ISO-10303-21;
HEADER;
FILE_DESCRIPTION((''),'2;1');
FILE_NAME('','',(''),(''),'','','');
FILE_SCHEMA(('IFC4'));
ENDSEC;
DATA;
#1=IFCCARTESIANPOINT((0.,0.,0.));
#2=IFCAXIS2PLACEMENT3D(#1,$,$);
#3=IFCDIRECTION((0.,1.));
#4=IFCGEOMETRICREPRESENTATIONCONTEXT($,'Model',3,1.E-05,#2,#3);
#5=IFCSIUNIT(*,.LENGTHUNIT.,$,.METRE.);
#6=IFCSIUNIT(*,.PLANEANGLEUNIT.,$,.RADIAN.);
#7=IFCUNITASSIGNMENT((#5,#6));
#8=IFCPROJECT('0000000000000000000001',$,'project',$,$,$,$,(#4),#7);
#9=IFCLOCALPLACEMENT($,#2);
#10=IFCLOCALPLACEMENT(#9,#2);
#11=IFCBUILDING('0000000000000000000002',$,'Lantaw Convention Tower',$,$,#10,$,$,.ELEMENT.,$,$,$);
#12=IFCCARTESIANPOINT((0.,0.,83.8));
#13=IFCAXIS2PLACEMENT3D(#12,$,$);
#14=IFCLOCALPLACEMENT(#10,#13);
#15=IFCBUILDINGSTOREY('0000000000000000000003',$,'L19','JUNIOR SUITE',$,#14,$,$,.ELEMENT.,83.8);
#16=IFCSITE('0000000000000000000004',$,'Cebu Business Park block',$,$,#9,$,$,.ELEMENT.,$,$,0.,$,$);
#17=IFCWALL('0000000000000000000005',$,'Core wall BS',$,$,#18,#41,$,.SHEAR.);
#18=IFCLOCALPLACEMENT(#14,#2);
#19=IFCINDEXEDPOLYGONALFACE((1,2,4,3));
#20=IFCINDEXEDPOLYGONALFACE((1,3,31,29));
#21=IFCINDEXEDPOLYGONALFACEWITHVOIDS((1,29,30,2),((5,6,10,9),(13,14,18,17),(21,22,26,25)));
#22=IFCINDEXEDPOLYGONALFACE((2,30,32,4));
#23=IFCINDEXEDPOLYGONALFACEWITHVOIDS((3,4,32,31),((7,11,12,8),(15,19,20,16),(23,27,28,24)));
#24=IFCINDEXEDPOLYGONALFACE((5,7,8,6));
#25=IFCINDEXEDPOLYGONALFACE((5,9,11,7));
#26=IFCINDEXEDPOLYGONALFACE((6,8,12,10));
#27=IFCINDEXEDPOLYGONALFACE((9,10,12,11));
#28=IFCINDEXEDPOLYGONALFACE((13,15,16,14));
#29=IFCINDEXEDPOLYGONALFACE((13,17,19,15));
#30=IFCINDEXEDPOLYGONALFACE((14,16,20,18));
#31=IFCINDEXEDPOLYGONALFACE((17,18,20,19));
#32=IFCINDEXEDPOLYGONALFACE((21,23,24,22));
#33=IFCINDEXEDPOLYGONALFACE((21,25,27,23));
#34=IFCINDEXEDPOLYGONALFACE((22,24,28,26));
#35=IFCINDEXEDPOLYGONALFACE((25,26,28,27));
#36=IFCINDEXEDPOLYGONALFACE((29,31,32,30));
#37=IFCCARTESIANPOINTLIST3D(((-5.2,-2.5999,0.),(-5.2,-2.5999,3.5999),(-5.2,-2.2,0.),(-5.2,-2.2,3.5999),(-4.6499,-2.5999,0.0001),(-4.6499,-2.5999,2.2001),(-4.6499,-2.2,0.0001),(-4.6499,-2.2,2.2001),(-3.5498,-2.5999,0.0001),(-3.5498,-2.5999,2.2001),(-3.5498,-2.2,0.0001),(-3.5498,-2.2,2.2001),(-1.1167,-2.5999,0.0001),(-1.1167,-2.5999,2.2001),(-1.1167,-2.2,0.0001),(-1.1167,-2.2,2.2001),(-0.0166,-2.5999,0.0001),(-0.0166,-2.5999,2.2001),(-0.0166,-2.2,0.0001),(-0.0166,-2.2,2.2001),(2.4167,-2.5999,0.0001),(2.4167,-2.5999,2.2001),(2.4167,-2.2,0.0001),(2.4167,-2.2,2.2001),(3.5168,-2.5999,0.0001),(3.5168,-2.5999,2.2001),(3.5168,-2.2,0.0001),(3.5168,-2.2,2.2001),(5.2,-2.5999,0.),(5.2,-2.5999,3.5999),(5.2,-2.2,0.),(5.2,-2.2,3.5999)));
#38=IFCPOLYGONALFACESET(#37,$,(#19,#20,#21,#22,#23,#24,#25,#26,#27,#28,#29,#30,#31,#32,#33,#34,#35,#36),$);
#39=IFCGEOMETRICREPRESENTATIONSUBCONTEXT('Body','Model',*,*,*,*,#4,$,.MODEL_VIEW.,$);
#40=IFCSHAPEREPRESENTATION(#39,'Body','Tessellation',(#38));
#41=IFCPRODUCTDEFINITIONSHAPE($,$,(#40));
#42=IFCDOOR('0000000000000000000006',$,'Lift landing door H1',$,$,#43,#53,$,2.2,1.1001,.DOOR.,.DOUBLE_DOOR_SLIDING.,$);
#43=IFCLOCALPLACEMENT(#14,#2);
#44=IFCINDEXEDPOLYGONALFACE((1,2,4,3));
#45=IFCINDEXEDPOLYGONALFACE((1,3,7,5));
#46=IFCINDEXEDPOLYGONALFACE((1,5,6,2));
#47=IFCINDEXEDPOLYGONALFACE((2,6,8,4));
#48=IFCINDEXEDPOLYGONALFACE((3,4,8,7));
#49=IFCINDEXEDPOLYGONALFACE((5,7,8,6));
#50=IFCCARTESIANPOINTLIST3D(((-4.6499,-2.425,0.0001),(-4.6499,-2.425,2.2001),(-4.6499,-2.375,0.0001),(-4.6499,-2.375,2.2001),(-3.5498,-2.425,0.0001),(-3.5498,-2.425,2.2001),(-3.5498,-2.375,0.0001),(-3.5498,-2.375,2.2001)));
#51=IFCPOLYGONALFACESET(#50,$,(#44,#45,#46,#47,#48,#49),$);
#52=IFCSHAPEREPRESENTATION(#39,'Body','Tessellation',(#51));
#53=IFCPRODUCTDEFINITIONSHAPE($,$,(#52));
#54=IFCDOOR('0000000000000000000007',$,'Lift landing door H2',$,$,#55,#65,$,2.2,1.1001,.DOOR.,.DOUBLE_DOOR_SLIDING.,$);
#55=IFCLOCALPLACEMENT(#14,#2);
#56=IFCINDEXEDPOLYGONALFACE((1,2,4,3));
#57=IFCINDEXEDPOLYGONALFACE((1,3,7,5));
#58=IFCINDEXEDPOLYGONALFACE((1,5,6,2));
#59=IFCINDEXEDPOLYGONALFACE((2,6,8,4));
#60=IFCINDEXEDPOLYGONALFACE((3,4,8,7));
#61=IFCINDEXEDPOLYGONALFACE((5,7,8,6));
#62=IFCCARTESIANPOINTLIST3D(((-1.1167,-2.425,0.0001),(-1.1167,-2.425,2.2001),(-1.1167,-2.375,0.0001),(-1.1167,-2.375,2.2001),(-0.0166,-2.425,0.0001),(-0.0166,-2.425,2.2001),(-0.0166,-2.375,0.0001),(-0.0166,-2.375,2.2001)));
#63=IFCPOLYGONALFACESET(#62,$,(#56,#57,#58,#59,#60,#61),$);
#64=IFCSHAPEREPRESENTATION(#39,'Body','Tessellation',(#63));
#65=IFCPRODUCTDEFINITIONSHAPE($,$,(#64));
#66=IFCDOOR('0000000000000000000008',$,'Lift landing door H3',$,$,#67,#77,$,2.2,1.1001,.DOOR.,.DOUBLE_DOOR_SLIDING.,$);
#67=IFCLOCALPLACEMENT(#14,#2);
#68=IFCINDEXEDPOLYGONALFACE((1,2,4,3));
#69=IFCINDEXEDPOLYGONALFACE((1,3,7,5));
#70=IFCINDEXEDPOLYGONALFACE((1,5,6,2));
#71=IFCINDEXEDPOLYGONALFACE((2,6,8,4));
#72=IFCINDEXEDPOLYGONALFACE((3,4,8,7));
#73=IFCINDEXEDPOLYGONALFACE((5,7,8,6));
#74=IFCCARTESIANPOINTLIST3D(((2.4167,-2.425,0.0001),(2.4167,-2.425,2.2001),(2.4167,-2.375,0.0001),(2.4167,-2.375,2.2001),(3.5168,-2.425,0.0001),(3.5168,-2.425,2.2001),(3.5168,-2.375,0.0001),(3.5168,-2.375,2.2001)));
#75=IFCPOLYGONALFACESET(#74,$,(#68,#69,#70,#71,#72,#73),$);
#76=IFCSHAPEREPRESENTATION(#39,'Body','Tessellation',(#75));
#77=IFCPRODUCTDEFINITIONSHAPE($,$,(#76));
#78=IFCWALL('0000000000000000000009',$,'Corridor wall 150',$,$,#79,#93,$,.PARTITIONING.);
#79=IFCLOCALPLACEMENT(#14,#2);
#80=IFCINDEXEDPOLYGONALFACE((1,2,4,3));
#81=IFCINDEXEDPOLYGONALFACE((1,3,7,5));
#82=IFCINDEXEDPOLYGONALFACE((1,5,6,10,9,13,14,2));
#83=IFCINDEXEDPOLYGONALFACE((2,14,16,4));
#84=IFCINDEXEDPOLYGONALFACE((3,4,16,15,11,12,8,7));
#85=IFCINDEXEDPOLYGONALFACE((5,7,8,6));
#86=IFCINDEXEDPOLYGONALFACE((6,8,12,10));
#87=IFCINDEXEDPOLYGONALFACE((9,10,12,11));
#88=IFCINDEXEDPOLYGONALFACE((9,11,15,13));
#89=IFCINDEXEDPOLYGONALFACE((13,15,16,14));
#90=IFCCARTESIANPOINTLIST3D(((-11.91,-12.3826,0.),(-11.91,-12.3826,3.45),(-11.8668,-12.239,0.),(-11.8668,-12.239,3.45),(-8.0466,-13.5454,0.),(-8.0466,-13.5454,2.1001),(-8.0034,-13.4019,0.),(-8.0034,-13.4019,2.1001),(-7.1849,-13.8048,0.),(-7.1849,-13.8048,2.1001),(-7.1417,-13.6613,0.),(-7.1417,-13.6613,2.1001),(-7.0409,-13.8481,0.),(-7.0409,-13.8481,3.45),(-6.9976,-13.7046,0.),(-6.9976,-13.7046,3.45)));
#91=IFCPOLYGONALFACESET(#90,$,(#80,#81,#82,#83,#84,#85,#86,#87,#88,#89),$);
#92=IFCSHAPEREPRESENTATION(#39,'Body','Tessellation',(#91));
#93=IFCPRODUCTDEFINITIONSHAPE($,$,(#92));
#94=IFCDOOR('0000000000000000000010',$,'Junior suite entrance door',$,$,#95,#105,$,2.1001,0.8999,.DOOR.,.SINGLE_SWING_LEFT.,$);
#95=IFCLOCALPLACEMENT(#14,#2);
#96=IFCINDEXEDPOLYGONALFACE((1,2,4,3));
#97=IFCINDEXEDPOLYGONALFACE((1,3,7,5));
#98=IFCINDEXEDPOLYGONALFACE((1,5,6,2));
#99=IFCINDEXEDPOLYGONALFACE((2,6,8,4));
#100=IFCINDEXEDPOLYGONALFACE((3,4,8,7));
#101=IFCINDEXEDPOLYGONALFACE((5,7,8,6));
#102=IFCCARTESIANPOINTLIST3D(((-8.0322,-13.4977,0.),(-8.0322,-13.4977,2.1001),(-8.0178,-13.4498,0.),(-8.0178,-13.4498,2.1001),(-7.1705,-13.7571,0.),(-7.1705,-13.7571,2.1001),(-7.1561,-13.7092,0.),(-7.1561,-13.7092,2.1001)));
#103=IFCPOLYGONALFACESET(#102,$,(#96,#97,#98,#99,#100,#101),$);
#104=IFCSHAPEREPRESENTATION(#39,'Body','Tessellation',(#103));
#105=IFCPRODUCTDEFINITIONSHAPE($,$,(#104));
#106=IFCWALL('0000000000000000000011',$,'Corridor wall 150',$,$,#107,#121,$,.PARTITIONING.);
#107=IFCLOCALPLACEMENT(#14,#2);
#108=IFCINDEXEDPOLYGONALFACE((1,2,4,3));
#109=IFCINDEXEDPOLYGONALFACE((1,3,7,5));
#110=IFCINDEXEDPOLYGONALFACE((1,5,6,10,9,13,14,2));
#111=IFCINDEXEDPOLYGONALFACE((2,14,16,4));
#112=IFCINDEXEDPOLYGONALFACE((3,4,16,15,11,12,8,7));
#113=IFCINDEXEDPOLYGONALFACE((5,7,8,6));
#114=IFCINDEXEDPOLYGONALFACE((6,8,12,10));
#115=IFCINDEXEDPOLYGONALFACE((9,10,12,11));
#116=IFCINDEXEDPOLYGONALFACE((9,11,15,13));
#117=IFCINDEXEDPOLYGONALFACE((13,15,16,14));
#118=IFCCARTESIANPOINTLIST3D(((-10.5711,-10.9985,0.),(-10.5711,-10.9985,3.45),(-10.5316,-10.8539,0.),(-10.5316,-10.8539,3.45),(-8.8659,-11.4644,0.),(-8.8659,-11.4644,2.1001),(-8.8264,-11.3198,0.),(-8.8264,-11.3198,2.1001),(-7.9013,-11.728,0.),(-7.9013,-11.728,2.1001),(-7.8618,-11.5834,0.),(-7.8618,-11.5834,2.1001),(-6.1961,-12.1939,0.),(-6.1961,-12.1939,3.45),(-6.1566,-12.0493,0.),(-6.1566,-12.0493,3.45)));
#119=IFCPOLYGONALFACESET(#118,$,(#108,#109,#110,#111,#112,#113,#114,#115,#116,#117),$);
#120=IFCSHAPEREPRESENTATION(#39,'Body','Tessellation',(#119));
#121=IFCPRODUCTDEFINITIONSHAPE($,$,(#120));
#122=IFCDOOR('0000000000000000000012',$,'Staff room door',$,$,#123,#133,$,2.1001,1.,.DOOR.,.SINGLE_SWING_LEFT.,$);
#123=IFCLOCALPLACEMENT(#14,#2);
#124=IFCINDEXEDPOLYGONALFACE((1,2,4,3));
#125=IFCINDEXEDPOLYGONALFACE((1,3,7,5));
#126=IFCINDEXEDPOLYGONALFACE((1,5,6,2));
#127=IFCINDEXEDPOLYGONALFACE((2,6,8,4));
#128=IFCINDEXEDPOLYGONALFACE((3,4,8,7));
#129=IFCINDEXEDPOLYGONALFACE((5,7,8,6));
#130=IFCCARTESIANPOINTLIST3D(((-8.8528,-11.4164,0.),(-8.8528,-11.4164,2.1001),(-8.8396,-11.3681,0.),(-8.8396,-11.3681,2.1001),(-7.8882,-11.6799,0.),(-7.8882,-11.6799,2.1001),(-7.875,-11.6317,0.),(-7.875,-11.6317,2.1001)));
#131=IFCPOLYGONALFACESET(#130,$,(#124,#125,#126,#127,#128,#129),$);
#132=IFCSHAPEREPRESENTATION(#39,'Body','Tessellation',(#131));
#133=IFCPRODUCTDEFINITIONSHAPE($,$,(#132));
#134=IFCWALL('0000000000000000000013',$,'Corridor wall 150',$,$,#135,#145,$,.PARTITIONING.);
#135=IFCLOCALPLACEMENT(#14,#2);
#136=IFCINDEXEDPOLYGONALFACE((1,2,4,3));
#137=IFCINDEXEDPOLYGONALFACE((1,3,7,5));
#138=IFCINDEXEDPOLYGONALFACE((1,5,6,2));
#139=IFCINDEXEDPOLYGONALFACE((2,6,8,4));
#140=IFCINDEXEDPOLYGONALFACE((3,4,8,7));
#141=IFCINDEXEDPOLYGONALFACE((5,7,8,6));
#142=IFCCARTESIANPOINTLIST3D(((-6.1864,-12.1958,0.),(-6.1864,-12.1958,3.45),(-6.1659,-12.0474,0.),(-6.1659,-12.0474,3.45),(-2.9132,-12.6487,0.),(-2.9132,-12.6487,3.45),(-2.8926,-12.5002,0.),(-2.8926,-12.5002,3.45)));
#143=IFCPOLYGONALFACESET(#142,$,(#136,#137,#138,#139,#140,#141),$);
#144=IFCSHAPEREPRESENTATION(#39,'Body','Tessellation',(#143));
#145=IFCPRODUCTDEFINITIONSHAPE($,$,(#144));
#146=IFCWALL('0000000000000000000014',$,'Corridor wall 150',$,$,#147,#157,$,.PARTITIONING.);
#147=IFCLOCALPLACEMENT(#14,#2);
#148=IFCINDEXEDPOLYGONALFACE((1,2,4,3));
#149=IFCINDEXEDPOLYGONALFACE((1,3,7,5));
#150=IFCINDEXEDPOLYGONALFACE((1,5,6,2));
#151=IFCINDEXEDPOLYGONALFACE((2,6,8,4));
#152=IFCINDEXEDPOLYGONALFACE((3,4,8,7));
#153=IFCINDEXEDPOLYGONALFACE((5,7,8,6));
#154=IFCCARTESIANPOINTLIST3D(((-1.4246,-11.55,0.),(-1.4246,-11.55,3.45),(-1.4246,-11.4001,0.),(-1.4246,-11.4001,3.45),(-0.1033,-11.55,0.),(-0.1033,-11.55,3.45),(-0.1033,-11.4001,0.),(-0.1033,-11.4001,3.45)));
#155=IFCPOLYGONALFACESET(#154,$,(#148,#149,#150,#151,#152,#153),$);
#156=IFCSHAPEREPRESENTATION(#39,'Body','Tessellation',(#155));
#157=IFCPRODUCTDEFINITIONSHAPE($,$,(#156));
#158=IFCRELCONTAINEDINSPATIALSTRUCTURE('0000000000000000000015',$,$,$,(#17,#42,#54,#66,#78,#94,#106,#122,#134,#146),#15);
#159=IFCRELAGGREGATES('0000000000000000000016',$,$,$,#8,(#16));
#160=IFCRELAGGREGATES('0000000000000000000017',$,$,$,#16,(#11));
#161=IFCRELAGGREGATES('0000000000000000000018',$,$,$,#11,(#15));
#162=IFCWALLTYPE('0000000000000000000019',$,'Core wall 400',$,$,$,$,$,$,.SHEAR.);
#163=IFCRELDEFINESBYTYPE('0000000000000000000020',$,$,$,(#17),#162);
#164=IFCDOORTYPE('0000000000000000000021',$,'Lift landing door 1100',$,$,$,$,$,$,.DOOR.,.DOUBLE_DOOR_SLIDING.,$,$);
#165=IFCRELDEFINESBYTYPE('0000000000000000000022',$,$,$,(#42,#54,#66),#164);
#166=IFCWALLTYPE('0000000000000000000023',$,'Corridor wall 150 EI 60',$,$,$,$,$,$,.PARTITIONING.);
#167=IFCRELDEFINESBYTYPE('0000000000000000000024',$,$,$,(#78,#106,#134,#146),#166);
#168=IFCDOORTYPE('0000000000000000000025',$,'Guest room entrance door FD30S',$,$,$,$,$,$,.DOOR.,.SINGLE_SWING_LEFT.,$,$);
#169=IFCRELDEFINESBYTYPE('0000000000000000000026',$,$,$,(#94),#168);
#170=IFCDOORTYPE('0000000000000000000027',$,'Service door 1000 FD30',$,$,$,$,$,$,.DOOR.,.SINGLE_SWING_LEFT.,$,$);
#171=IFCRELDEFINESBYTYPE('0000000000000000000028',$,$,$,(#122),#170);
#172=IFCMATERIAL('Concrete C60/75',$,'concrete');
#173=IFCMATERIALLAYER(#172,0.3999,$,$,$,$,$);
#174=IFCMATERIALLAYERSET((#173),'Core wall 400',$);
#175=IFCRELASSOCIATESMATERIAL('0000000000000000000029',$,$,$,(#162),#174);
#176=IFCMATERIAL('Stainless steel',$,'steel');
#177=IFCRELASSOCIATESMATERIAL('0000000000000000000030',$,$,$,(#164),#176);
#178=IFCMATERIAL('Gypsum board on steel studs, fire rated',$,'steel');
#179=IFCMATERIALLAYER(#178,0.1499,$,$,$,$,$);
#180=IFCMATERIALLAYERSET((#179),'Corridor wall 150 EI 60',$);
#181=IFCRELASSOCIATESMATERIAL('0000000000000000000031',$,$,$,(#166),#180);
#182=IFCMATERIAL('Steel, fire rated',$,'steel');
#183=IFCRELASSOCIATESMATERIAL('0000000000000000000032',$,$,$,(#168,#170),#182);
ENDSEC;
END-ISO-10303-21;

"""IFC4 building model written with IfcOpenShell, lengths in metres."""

from ifc_helpers import new_model, si_unit, direction, frame, frame_2d, origin, place, context, subcontext, project, spatial, rectangle, extrude, material, layer, layer_set, type_object, element, fill, save


model = new_model("IFC4")

# Units and contexts
model_context = context("Model", 3, precision=1e-05, world=origin(), true_north=direction((0.0, 1.0)))
body_context = subcontext(model_context, "Body", "Model", "MODEL_VIEW")
ifc_project = project(units=[si_unit("LENGTHUNIT", "METRE"), si_unit("PLANEANGLEUNIT", "RADIAN")], contexts=[model_context])

# Site, building, storey
site_placement = place(None, origin())
site = spatial("IfcSite", under=ifc_project, at=site_placement, Name="Cebu Business Park block", CompositionType="ELEMENT", RefElevation=0.0)
building_placement = place(site_placement, origin())
building = spatial("IfcBuilding", under=site, at=building_placement, Name="Lantaw Convention Tower", CompositionType="ELEMENT")
storey_placement = place(building_placement, frame((0.0, 0.0, 83.8)))
storey = spatial("IfcBuildingStorey", under=building, at=storey_placement, Name="L19", Description="JUNIOR SUITE", CompositionType="ELEMENT", Elevation=83.8)

# Shared definitions
ifc_material_1 = material(Name="Concrete C60/75", Category="concrete")
ifc_material_2 = material(Name="Steel, fire rated", Category="steel")

# Wall, openings, doors
ifc_layer_1 = layer(ifc_material_1, 0.3999)
ifc_layer_set_1 = layer_set([ifc_layer_1], Name="Core wall 400")
wall_type_1 = type_object("IfcWallType", Name="Core wall 400", PredefinedType="SHEAR", material=ifc_layer_set_1)
wall_1_placement = place(storey_placement, frame((-5.2, -2.3999, 0.0), z_axis=(0.0, 0.0, 1.0), x_axis=(1.0, 0.0, 0.0)))
wall_1 = element("IfcWall", 1, at=wall_1_placement, inside=storey, type_object=wall_type_1, Name="Core wall BS", PredefinedType="SHEAR", context=body_context, shape_type="SweptSolid", body=[
    extrude(rectangle(XDim=10.3999, YDim=0.3999, at=frame_2d((5.2, 0.0))), origin(), (0.0, 0.0, 1.0), 3.5999),
])
opening_1_placement = place(wall_1_placement, frame((0.55, 0.0, 0.0)))
opening_1 = element("IfcOpeningElement", 2, at=opening_1_placement, cuts=wall_1, PredefinedType="OPENING", context=body_context, shape_type="SweptSolid", body=[
    extrude(rectangle(XDim=1.1001, YDim=2.2, at=frame_2d((0.55, 1.1001))), frame((0.0, 0.21, 0.0), z_axis=(0.0, -1.0, 0.0), x_axis=(1.0, 0.0, 0.0)), (0.0, 0.0, 1.0), 0.4199),
])
opening_2_placement = place(wall_1_placement, frame((4.0833, 0.0, 0.0)))
opening_2 = element("IfcOpeningElement", 3, at=opening_2_placement, cuts=wall_1, PredefinedType="OPENING", context=body_context, shape_type="SweptSolid", body=[
    extrude(rectangle(XDim=1.1001, YDim=2.2, at=frame_2d((0.55, 1.1001))), frame((0.0, 0.21, 0.0), z_axis=(0.0, -1.0, 0.0), x_axis=(1.0, 0.0, 0.0)), (0.0, 0.0, 1.0), 0.4199),
])
opening_3_placement = place(wall_1_placement, frame((7.6167, 0.0, 0.0)))
opening_3 = element("IfcOpeningElement", 4, at=opening_3_placement, cuts=wall_1, PredefinedType="OPENING", context=body_context, shape_type="SweptSolid", body=[
    extrude(rectangle(XDim=1.1001, YDim=2.2, at=frame_2d((0.55, 1.1001))), frame((0.0, 0.21, 0.0), z_axis=(0.0, -1.0, 0.0), x_axis=(1.0, 0.0, 0.0)), (0.0, 0.0, 1.0), 0.4199),
])
ifc_material_3 = material(Name="Stainless steel", Category="steel")
door_type_1 = type_object("IfcDoorType", Name="Lift landing door 1100", OperationType="DOUBLE_DOOR_SLIDING", PredefinedType="DOOR", material=ifc_material_3)
door_1_placement = place(opening_1_placement, origin())
door_1 = element("IfcDoor", 5, at=door_1_placement, inside=storey, type_object=door_type_1, Name="Lift landing door H1", OperationType="DOUBLE_DOOR_SLIDING", OverallHeight=2.2, OverallWidth=1.1001, PredefinedType="DOOR", context=body_context, shape_type="SweptSolid", body=[
    extrude(rectangle(XDim=1.1001, YDim=2.2, at=frame_2d((0.55, 1.1001))), frame((0.0, 0.0249, 0.0), z_axis=(0.0, -1.0, 0.0), x_axis=(1.0, 0.0, 0.0)), (0.0, 0.0, 1.0), 0.05),
])
fill(opening_1, door_1)
door_2_placement = place(opening_2_placement, origin())
door_2 = element("IfcDoor", 6, at=door_2_placement, inside=storey, type_object=door_type_1, Name="Lift landing door H2", OperationType="DOUBLE_DOOR_SLIDING", OverallHeight=2.2, OverallWidth=1.1001, PredefinedType="DOOR", context=body_context, shape_type="SweptSolid", body=[
    extrude(rectangle(XDim=1.1001, YDim=2.2, at=frame_2d((0.55, 1.1001))), frame((0.0, 0.0249, 0.0), z_axis=(0.0, -1.0, 0.0), x_axis=(1.0, 0.0, 0.0)), (0.0, 0.0, 1.0), 0.05),
])
fill(opening_2, door_2)
door_3_placement = place(opening_3_placement, origin())
door_3 = element("IfcDoor", 7, at=door_3_placement, inside=storey, type_object=door_type_1, Name="Lift landing door H3", OperationType="DOUBLE_DOOR_SLIDING", OverallHeight=2.2, OverallWidth=1.1001, PredefinedType="DOOR", context=body_context, shape_type="SweptSolid", body=[
    extrude(rectangle(XDim=1.1001, YDim=2.2, at=frame_2d((0.55, 1.1001))), frame((0.0, 0.0249, 0.0), z_axis=(0.0, -1.0, 0.0), x_axis=(1.0, 0.0, 0.0)), (0.0, 0.0, 1.0), 0.05),
])
fill(opening_3, door_3)

# Walls, openings, doors
ifc_material_4 = material(Name="Gypsum board on steel studs, fire rated", Category="steel")
ifc_layer_2 = layer(ifc_material_4, 0.1499)
ifc_layer_set_2 = layer_set([ifc_layer_2], Name="Corridor wall 150 EI 60")
wall_type_2 = type_object("IfcWallType", Name="Corridor wall 150 EI 60", PredefinedType="PARTITIONING", material=ifc_layer_set_2)
wall_2_placement = place(storey_placement, frame((-11.8884, -12.3108, 0.0), z_axis=(0.0, 0.0, 1.0), x_axis=(0.957564, -0.28822, 0.0)))
wall_2 = element("IfcWall", 8, at=wall_2_placement, inside=storey, type_object=wall_type_2, Name="Corridor wall 150", PredefinedType="PARTITIONING", context=body_context, shape_type="SweptSolid", body=[
    extrude(rectangle(XDim=5.085, YDim=0.1499, at=frame_2d((2.5425, 0.0))), origin(), (0.0, 0.0, 1.0), 3.45),
])
opening_4_placement = place(wall_2_placement, frame((4.0347, 0.0, 0.0)))
opening_4 = element("IfcOpeningElement", 9, at=opening_4_placement, cuts=wall_2, PredefinedType="OPENING", context=body_context, shape_type="SweptSolid", body=[
    extrude(rectangle(XDim=0.8999, YDim=2.1001, at=frame_2d((0.45, 1.05))), frame((0.0, 0.085, 0.0), z_axis=(0.0, -1.0, 0.0), x_axis=(1.0, 0.0, 0.0)), (0.0, 0.0, 1.0), 0.1699),
])
door_type_2 = type_object("IfcDoorType", Name="Guest room entrance door FD30S", OperationType="SINGLE_SWING_LEFT", PredefinedType="DOOR", material=ifc_material_2)
door_4_placement = place(opening_4_placement, origin())
door_4 = element("IfcDoor", 10, at=door_4_placement, inside=storey, type_object=door_type_2, Name="Junior suite entrance door", OperationType="SINGLE_SWING_LEFT", OverallHeight=2.1001, OverallWidth=0.8999, PredefinedType="DOOR", context=body_context, shape_type="SweptSolid", body=[
    extrude(rectangle(XDim=0.8999, YDim=2.1001, at=frame_2d((0.45, 1.05))), frame((0.0, 0.0249, 0.0), z_axis=(0.0, -1.0, 0.0), x_axis=(1.0, 0.0, 0.0)), (0.0, 0.0, 1.0), 0.05),
])
fill(opening_4, door_4)
wall_3_placement = place(storey_placement, frame((-10.5513, -10.9263, 0.0), z_axis=(0.0, 0.0, 1.0), x_axis=(0.964644, -0.263555, 0.0)))
wall_3 = element("IfcWall", 11, at=wall_3_placement, inside=storey, type_object=wall_type_2, Name="Corridor wall 150", PredefinedType="PARTITIONING", context=body_context, shape_type="SweptSolid", body=[
    extrude(rectangle(XDim=4.5354, YDim=0.1499, at=frame_2d((2.2676, 0.0))), origin(), (0.0, 0.0, 1.0), 3.45),
])
opening_5_placement = place(wall_3_placement, frame((1.7676, 0.0, 0.0)))
opening_5 = element("IfcOpeningElement", 12, at=opening_5_placement, cuts=wall_3, PredefinedType="OPENING", context=body_context, shape_type="SweptSolid", body=[
    extrude(rectangle(XDim=1.0, YDim=2.1001, at=frame_2d((0.5, 1.05))), frame((0.0, 0.085, 0.0), z_axis=(0.0, -1.0, 0.0), x_axis=(1.0, 0.0, 0.0)), (0.0, 0.0, 1.0), 0.1699),
])
door_type_3 = type_object("IfcDoorType", Name="Service door 1000 FD30", OperationType="SINGLE_SWING_LEFT", PredefinedType="DOOR", material=ifc_material_2)
door_5_placement = place(opening_5_placement, origin())
door_5 = element("IfcDoor", 13, at=door_5_placement, inside=storey, type_object=door_type_3, Name="Staff room door", OperationType="SINGLE_SWING_LEFT", OverallHeight=2.1001, OverallWidth=1.0, PredefinedType="DOOR", context=body_context, shape_type="SweptSolid", body=[
    extrude(rectangle(XDim=1.0, YDim=2.1001, at=frame_2d((0.5, 1.05))), frame((0.0, 0.0249, 0.0), z_axis=(0.0, -1.0, 0.0), x_axis=(1.0, 0.0, 0.0)), (0.0, 0.0, 1.0), 0.05),
])
fill(opening_5, door_5)

# Walls
wall_4_placement = place(storey_placement, frame((-6.1763, -12.1216, 0.0), z_axis=(0.0, 0.0, 1.0), x_axis=(0.990563, -0.137055, 0.0)))
element("IfcWall", 14, at=wall_4_placement, inside=storey, type_object=wall_type_2, Name="Corridor wall 150", PredefinedType="PARTITIONING", context=body_context, shape_type="SweptSolid", body=[
    extrude(rectangle(XDim=3.3044, YDim=0.1499, at=frame_2d((1.6523, 0.0))), origin(), (0.0, 0.0, 1.0), 3.45),
])
wall_5_placement = place(storey_placement, frame((-1.4246, -11.4751, 0.0), z_axis=(0.0, 0.0, 1.0), x_axis=(1.0, 0.0, 0.0)))
element("IfcWall", 15, at=wall_5_placement, inside=storey, type_object=wall_type_2, Name="Corridor wall 150", PredefinedType="PARTITIONING", context=body_context, shape_type="SweptSolid", body=[
    extrude(rectangle(XDim=1.3213, YDim=0.1499, at=frame_2d((0.6606, 0.0))), origin(), (0.0, 0.0, 1.0), 3.45),
])

save(model, "model.ifc")
